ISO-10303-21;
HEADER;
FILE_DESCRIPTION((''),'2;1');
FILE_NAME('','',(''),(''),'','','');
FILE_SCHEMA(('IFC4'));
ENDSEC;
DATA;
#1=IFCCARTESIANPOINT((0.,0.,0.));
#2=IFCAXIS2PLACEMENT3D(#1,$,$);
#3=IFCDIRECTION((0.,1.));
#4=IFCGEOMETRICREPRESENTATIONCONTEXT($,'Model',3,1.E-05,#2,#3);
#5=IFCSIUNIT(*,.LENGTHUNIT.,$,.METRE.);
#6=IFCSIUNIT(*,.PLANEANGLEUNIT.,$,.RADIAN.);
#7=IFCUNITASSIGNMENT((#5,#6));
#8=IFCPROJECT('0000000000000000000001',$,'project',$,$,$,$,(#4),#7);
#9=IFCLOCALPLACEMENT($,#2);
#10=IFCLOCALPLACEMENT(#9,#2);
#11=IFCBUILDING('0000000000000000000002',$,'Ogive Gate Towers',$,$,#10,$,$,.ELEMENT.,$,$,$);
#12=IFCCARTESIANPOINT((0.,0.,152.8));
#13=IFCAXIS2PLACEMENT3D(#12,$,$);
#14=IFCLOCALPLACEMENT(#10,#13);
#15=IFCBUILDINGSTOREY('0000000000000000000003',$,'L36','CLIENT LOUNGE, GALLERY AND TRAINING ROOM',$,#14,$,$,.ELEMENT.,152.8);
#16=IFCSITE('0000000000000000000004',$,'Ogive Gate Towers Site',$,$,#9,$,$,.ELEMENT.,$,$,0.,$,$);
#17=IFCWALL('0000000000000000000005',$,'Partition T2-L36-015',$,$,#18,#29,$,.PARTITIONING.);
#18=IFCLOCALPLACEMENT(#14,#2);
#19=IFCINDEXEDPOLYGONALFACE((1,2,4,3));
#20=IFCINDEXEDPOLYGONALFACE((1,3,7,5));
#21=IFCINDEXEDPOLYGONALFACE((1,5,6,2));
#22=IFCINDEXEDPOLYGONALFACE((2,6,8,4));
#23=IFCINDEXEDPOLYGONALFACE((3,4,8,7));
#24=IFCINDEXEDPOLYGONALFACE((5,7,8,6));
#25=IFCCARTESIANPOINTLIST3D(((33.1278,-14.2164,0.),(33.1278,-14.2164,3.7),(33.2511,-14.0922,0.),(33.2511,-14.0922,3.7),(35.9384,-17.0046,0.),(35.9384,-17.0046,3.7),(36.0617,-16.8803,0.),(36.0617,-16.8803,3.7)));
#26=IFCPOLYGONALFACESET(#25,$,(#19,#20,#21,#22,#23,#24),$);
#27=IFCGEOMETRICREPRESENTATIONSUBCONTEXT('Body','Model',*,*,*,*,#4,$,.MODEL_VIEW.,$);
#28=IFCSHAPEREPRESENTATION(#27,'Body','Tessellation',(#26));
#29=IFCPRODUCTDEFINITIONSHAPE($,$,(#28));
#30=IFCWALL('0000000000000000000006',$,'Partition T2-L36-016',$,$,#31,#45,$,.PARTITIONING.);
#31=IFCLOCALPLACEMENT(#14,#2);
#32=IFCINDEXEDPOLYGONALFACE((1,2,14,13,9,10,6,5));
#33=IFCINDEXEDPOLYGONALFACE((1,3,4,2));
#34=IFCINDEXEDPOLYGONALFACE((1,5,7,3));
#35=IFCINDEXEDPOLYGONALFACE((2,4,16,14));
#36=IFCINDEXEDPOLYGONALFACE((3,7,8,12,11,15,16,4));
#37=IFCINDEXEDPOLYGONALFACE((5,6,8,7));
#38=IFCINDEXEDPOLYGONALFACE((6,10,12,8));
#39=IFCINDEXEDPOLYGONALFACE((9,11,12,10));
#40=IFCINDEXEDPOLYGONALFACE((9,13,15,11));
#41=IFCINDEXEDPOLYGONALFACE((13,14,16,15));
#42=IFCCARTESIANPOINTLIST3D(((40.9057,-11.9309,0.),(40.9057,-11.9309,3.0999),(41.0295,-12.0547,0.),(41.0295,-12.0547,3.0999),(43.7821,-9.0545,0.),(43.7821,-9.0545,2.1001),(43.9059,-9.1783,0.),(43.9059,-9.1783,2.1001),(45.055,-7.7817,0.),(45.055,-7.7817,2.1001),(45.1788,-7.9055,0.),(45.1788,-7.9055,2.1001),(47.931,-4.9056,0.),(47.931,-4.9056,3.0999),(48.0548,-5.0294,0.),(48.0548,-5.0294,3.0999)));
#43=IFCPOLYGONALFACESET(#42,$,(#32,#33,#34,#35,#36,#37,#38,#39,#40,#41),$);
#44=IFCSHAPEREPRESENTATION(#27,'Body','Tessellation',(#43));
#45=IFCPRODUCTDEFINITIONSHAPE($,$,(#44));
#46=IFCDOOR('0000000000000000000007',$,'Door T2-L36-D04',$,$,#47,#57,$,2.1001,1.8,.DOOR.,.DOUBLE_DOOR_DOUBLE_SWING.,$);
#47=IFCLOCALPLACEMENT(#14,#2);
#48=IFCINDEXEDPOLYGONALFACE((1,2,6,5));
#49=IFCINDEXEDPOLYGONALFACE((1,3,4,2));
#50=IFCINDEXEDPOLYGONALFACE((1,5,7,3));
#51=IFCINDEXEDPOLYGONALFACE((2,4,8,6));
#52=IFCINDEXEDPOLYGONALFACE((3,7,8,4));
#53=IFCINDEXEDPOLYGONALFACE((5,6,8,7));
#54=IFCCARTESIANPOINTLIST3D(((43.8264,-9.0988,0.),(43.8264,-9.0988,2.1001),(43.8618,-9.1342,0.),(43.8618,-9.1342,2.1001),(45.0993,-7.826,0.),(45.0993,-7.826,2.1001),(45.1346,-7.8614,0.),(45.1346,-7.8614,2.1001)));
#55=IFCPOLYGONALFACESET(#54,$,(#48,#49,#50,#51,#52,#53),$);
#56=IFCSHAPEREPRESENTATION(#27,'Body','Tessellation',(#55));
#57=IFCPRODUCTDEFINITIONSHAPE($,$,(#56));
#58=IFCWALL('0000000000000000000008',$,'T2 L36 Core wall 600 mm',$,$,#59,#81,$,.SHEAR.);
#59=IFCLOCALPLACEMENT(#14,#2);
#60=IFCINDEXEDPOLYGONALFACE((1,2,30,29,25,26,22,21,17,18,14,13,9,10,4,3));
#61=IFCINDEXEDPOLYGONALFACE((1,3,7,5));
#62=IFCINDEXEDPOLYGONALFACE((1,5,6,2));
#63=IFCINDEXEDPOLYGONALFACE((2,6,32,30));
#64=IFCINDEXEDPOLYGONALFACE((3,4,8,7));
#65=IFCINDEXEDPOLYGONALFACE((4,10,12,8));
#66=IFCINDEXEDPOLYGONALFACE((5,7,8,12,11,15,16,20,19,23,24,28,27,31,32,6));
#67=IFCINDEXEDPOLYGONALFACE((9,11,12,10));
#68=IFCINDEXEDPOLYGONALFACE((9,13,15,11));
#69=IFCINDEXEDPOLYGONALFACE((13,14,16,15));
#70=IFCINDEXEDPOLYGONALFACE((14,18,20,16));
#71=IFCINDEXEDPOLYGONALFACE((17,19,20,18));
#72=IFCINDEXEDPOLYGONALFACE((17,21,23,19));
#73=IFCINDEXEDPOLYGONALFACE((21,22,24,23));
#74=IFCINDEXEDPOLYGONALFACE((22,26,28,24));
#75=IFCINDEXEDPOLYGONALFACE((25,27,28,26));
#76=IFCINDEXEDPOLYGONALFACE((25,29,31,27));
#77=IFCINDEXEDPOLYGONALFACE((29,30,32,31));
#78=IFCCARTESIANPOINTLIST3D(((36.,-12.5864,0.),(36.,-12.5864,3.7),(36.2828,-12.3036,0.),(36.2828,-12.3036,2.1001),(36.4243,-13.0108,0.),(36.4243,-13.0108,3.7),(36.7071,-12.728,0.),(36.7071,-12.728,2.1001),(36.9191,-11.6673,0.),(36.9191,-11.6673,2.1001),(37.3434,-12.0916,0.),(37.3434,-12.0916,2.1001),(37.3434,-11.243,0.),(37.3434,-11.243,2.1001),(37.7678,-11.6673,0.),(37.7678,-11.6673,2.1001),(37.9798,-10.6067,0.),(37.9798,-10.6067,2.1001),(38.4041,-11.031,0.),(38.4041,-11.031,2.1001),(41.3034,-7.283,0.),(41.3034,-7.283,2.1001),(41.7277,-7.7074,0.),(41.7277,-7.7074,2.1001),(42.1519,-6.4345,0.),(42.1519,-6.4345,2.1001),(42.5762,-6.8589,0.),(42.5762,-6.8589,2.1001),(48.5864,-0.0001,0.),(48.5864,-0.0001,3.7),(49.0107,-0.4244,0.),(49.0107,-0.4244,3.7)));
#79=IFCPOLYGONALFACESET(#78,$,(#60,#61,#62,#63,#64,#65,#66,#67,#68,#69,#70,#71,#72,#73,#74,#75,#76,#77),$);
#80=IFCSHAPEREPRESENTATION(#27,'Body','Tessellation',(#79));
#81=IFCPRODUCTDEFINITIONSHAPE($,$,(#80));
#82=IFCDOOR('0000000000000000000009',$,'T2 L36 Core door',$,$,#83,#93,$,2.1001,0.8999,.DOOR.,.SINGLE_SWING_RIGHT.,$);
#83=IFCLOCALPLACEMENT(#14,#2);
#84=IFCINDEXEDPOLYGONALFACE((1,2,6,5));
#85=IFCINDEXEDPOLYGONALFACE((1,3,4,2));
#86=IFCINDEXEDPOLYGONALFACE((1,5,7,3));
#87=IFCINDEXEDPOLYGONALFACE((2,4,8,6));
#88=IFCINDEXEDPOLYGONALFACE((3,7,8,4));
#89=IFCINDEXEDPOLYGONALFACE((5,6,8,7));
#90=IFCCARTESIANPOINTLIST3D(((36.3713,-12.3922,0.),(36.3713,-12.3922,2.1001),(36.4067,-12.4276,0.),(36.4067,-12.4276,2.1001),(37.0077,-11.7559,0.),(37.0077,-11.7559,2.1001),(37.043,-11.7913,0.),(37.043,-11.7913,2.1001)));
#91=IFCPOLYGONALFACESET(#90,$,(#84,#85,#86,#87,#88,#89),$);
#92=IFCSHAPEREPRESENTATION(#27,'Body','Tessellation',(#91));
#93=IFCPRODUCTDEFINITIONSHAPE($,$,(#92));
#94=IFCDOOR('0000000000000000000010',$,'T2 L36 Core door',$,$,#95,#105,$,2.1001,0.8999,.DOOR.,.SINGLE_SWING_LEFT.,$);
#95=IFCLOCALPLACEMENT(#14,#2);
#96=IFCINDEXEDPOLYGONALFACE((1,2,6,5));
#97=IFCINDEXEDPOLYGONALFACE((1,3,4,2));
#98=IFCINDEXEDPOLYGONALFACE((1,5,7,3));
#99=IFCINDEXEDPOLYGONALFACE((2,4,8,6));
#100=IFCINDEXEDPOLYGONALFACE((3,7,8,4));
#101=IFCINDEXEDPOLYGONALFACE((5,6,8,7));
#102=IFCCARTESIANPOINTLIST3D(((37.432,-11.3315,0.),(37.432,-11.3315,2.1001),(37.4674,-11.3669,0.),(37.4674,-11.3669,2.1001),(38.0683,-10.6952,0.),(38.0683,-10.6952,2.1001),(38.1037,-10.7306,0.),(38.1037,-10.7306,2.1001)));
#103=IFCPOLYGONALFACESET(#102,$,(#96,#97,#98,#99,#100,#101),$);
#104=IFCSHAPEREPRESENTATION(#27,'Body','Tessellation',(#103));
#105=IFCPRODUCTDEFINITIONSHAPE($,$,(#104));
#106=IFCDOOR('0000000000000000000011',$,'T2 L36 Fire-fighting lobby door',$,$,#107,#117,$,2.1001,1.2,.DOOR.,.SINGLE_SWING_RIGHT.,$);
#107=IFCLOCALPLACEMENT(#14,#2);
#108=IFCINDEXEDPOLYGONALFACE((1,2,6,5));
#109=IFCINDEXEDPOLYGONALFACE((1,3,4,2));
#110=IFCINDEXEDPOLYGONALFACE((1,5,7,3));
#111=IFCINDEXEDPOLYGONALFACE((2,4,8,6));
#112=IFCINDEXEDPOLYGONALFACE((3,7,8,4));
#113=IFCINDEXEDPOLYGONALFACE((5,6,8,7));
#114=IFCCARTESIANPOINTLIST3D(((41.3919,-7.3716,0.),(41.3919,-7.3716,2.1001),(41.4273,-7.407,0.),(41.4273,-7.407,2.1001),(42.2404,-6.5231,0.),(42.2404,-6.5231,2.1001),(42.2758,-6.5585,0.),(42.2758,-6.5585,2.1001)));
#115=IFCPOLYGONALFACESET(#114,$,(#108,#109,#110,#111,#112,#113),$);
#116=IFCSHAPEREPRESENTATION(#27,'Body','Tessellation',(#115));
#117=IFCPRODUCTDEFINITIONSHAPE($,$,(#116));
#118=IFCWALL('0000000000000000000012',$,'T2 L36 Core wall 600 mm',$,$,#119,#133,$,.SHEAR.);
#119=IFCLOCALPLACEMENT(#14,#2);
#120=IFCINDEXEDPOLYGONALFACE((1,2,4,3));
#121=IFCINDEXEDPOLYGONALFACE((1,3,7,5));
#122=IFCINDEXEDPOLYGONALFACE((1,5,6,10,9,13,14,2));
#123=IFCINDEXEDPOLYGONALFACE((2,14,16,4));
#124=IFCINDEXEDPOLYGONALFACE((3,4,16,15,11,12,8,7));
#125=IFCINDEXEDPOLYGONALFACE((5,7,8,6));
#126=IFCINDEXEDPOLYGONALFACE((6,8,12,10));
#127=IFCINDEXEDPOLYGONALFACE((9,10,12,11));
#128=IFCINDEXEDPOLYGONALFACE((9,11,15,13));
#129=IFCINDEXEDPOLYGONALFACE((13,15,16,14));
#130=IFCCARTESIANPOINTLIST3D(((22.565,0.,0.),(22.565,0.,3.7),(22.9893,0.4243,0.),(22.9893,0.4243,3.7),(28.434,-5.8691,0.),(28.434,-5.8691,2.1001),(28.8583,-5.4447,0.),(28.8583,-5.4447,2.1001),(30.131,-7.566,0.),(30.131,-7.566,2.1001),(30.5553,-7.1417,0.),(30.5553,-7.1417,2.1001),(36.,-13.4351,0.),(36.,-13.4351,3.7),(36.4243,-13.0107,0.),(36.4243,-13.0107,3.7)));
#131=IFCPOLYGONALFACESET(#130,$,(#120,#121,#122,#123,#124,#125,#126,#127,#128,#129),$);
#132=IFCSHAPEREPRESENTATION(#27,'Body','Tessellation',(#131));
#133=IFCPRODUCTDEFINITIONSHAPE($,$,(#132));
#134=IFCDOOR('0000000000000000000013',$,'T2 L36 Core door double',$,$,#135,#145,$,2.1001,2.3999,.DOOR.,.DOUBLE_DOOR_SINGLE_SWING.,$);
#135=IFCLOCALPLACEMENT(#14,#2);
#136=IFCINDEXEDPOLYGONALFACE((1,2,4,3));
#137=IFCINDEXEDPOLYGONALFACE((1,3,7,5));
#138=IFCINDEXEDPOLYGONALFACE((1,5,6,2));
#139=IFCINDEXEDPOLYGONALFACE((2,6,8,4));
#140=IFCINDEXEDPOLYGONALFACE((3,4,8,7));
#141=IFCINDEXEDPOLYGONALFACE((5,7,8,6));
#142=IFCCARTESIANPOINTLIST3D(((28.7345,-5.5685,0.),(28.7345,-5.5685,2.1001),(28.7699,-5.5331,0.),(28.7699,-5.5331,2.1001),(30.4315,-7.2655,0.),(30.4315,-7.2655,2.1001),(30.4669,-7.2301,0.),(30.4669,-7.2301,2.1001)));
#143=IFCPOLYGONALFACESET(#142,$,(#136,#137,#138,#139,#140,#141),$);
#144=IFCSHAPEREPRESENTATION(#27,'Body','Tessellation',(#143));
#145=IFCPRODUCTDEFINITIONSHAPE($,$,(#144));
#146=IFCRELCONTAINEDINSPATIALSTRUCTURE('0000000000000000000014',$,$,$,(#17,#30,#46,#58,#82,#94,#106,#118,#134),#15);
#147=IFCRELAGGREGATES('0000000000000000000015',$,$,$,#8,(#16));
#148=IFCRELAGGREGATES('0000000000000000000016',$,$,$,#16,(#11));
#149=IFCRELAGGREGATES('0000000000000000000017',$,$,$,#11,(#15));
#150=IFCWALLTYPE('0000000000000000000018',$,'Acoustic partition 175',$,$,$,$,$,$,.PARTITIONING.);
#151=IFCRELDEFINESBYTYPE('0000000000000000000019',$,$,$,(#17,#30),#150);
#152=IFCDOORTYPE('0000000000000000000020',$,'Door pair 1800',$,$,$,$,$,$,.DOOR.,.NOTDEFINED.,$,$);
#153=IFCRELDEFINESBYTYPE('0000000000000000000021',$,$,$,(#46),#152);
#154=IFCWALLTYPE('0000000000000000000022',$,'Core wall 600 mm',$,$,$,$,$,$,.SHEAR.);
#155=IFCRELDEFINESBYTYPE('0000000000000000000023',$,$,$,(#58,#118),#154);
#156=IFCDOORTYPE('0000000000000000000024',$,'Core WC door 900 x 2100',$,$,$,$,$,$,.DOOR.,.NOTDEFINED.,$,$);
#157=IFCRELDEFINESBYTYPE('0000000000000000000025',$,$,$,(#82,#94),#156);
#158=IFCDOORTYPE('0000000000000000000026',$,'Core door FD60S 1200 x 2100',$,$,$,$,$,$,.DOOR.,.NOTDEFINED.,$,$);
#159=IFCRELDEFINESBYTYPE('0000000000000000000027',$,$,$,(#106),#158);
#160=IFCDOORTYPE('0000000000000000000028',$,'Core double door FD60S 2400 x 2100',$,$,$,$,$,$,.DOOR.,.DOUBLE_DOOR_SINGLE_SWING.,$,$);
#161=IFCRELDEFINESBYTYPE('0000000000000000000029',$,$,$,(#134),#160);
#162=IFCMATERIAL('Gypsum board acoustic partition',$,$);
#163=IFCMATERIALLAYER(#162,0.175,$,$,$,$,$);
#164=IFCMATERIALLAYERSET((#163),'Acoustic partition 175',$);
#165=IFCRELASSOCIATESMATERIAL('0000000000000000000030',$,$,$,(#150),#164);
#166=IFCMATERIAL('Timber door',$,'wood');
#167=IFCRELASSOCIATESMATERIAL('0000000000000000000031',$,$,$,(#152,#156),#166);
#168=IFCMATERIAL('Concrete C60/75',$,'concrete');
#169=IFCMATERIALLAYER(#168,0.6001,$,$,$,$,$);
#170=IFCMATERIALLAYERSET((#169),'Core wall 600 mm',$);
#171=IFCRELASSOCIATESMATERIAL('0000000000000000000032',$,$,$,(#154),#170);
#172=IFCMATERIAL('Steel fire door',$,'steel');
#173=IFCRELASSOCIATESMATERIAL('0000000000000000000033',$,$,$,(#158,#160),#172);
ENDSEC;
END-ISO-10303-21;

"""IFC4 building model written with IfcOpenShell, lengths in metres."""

from ifc_helpers import new_model, si_unit, direction, frame, frame_2d, origin, place, context, subcontext, project, spatial, rectangle, extrude, material, layer, layer_set, type_object, element, fill, save


model = new_model("IFC4")

# Units and contexts
model_context = context("Model", 3, precision=1e-05, world=origin(), true_north=direction((0.0, 1.0)))
body_context = subcontext(model_context, "Body", "Model", "MODEL_VIEW")
ifc_project = project(units=[si_unit("LENGTHUNIT", "METRE"), si_unit("PLANEANGLEUNIT", "RADIAN")], contexts=[model_context])

# Site, building, storey
site_placement = place(None, origin())
site = spatial("IfcSite", under=ifc_project, at=site_placement, Name="Ogive Gate Towers Site", CompositionType="ELEMENT", RefElevation=0.0)
building_placement = place(site_placement, origin())
building = spatial("IfcBuilding", under=site, at=building_placement, Name="Ogive Gate Towers", CompositionType="ELEMENT")
storey_placement = place(building_placement, frame((0.0, 0.0, 152.8)))
storey = spatial("IfcBuildingStorey", under=building, at=storey_placement, Name="L36", Description="CLIENT LOUNGE, GALLERY AND TRAINING ROOM", CompositionType="ELEMENT", Elevation=152.8)

# Shared definitions
ifc_material_1 = material(Name="Gypsum board acoustic partition")
ifc_layer_1 = layer(ifc_material_1, 0.175)
ifc_layer_set_1 = layer_set([ifc_layer_1], Name="Acoustic partition 175")
wall_type_1 = type_object("IfcWallType", Name="Acoustic partition 175", PredefinedType="PARTITIONING", material=ifc_layer_set_1)
ifc_material_2 = material(Name="Timber door", Category="wood")
door_type_1 = type_object("IfcDoorType", Name="Door pair 1800", OperationType="NOTDEFINED", PredefinedType="DOOR", material=ifc_material_2)

# Wall
wall_1_placement = place(storey_placement, frame((33.1895, -14.1543, 0.0), z_axis=(0.0, 0.0, 1.0), x_axis=(0.709938, -0.704264, 0.0)))
element("IfcWall", 1, at=wall_1_placement, inside=storey, type_object=wall_type_1, Name="Partition T2-L36-015", PredefinedType="PARTITIONING", context=body_context, shape_type="SweptSolid", body=[
    extrude(rectangle(XDim=3.959, YDim=0.175, at=frame_2d((1.9795, 0.0))), origin(), (0.0, 0.0, 1.0), 3.7),
])

# Wall, opening, door
wall_2_placement = place(storey_placement, frame((40.9675, -11.9929, 0.0), z_axis=(0.0, 0.0, 1.0), x_axis=(0.707107, 0.707107, 0.0)))
wall_2 = element("IfcWall", 2, at=wall_2_placement, inside=storey, type_object=wall_type_1, Name="Partition T2-L36-016", PredefinedType="PARTITIONING", context=body_context, shape_type="SweptSolid", body=[
    extrude(rectangle(XDim=9.9353, YDim=0.175, at=frame_2d((4.9678, 0.0))), origin(), (0.0, 0.0, 1.0), 3.0999),
])
opening_1_placement = place(wall_2_placement, frame((4.0681, 0.0, 0.0)))
opening_1 = element("IfcOpeningElement", 3, at=opening_1_placement, cuts=wall_2, PredefinedType="OPENING", context=body_context, shape_type="SweptSolid", body=[
    extrude(rectangle(XDim=1.8, YDim=2.1001, at=frame_2d((0.8999, 1.05))), frame((0.0, 0.0977, 0.0), z_axis=(0.0, -1.0, 0.0), x_axis=(1.0, 0.0, 0.0)), (0.0, 0.0, 1.0), 0.1951),
])
door_1_placement = place(opening_1_placement, origin())
door_1 = element("IfcDoor", 4, at=door_1_placement, inside=storey, type_object=door_type_1, Name="Door T2-L36-D04", OperationType="DOUBLE_DOOR_DOUBLE_SWING", OverallHeight=2.1001, OverallWidth=1.8, PredefinedType="DOOR", context=body_context, shape_type="SweptSolid", body=[
    extrude(rectangle(XDim=1.8, YDim=2.1001, at=frame_2d((0.8999, 1.05))), frame((0.0, 0.0249, 0.0), z_axis=(0.0, -1.0, 0.0), x_axis=(1.0, 0.0, 0.0)), (0.0, 0.0, 1.0), 0.05),
])
fill(opening_1, door_1)

# Wall, openings, doors
ifc_material_3 = material(Name="Concrete C60/75", Category="concrete")
ifc_layer_2 = layer(ifc_material_3, 0.6001)
ifc_layer_set_2 = layer_set([ifc_layer_2], Name="Core wall 600 mm")
wall_type_2 = type_object("IfcWallType", Name="Core wall 600 mm", PredefinedType="SHEAR", material=ifc_layer_set_2)
wall_3_placement = place(storey_placement, frame((36.2122, -12.7986, 0.0), z_axis=(0.0, 0.0, 1.0), x_axis=(0.707107, 0.707107, 0.0)))
wall_3 = element("IfcWall", 5, at=wall_3_placement, inside=storey, type_object=wall_type_2, Name="T2 L36 Core wall 600 mm", PredefinedType="SHEAR", context=body_context, shape_type="SweptSolid", body=[
    extrude(rectangle(XDim=17.7998, YDim=0.6001, at=frame_2d((8.8999, 0.0))), origin(), (0.0, 0.0, 1.0), 3.7),
])
opening_2_placement = place(wall_3_placement, frame((7.5, 0.0, 0.0)))
opening_2 = element("IfcOpeningElement", 6, at=opening_2_placement, cuts=wall_3, PredefinedType="OPENING", context=body_context, shape_type="SweptSolid", body=[
    extrude(rectangle(XDim=1.2, YDim=2.1001, at=frame_2d((0.6001, 1.05))), frame((0.0, 0.3101, 0.0), z_axis=(0.0, -1.0, 0.0), x_axis=(1.0, 0.0, 0.0)), (0.0, 0.0, 1.0), 0.6201),
])
opening_3_placement = place(wall_3_placement, frame((0.3999, 0.0, 0.0)))
opening_3 = element("IfcOpeningElement", 7, at=opening_3_placement, cuts=wall_3, PredefinedType="OPENING", context=body_context, shape_type="SweptSolid", body=[
    extrude(rectangle(XDim=0.8999, YDim=2.1001, at=frame_2d((0.45, 1.05))), frame((0.0, 0.3101, 0.0), z_axis=(0.0, -1.0, 0.0), x_axis=(1.0, 0.0, 0.0)), (0.0, 0.0, 1.0), 0.6201),
])
opening_4_placement = place(wall_3_placement, frame((1.8999, 0.0, 0.0)))
opening_4 = element("IfcOpeningElement", 8, at=opening_4_placement, cuts=wall_3, PredefinedType="OPENING", context=body_context, shape_type="SweptSolid", body=[
    extrude(rectangle(XDim=0.8999, YDim=2.1001, at=frame_2d((0.45, 1.05))), frame((0.0, 0.3101, 0.0), z_axis=(0.0, -1.0, 0.0), x_axis=(1.0, 0.0, 0.0)), (0.0, 0.0, 1.0), 0.6201),
])
door_type_2 = type_object("IfcDoorType", Name="Core WC door 900 x 2100", OperationType="NOTDEFINED", PredefinedType="DOOR", material=ifc_material_2)
door_2_placement = place(opening_3_placement, origin())
door_2 = element("IfcDoor", 9, at=door_2_placement, inside=storey, type_object=door_type_2, Name="T2 L36 Core door", OperationType="SINGLE_SWING_RIGHT", OverallHeight=2.1001, OverallWidth=0.8999, PredefinedType="DOOR", context=body_context, shape_type="SweptSolid", body=[
    extrude(rectangle(XDim=0.8999, YDim=2.1001, at=frame_2d((0.45, 1.05))), frame((0.0, 0.1748, 0.0), z_axis=(0.0, -1.0, 0.0), x_axis=(1.0, 0.0, 0.0)), (0.0, 0.0, 1.0), 0.05),
])
fill(opening_3, door_2)
door_3_placement = place(opening_4_placement, origin())
door_3 = element("IfcDoor", 10, at=door_3_placement, inside=storey, type_object=door_type_2, Name="T2 L36 Core door", OperationType="SINGLE_SWING_LEFT", OverallHeight=2.1001, OverallWidth=0.8999, PredefinedType="DOOR", context=body_context, shape_type="SweptSolid", body=[
    extrude(rectangle(XDim=0.8999, YDim=2.1001, at=frame_2d((0.45, 1.05))), frame((0.0, 0.1748, 0.0), z_axis=(0.0, -1.0, 0.0), x_axis=(1.0, 0.0, 0.0)), (0.0, 0.0, 1.0), 0.05),
])
fill(opening_4, door_3)
ifc_material_4 = material(Name="Steel fire door", Category="steel")
door_type_3 = type_object("IfcDoorType", Name="Core door FD60S 1200 x 2100", OperationType="NOTDEFINED", PredefinedType="DOOR", material=ifc_material_4)
door_4_placement = place(opening_2_placement, origin())
door_4 = element("IfcDoor", 11, at=door_4_placement, inside=storey, type_object=door_type_3, Name="T2 L36 Fire-fighting lobby door", OperationType="SINGLE_SWING_RIGHT", OverallHeight=2.1001, OverallWidth=1.2, PredefinedType="DOOR", context=body_context, shape_type="SweptSolid", body=[
    extrude(rectangle(XDim=1.2, YDim=2.1001, at=frame_2d((0.6001, 1.05))), frame((0.0, 0.1748, 0.0), z_axis=(0.0, -1.0, 0.0), x_axis=(1.0, 0.0, 0.0)), (0.0, 0.0, 1.0), 0.05),
])
fill(opening_2, door_4)

# Wall, opening, door
wall_4_placement = place(storey_placement, frame((36.2122, -13.2229, 0.0), z_axis=(0.0, 0.0, 1.0), x_axis=(-0.707107, 0.707107, 0.0)))
wall_4 = element("IfcWall", 12, at=wall_4_placement, inside=storey, type_object=wall_type_2, Name="T2 L36 Core wall 600 mm", PredefinedType="SHEAR", context=body_context, shape_type="SweptSolid", body=[
    extrude(rectangle(XDim=19.0, YDim=0.6001, at=frame_2d((9.5, 0.0))), origin(), (0.0, 0.0, 1.0), 3.7),
])
opening_5_placement = place(wall_4_placement, frame((8.3, 0.0, 0.0)))
opening_5 = element("IfcOpeningElement", 13, at=opening_5_placement, cuts=wall_4, PredefinedType="OPENING", context=body_context, shape_type="SweptSolid", body=[
    extrude(rectangle(XDim=2.3999, YDim=2.1001, at=frame_2d((1.2, 1.05))), frame((0.0, 0.3101, 0.0), z_axis=(0.0, -1.0, 0.0), x_axis=(1.0, 0.0, 0.0)), (0.0, 0.0, 1.0), 0.6201),
])
door_type_4 = type_object("IfcDoorType", Name="Core double door FD60S 2400 x 2100", OperationType="DOUBLE_DOOR_SINGLE_SWING", PredefinedType="DOOR", material=ifc_material_4)
door_5_placement = place(opening_5_placement, origin())
door_5 = element("IfcDoor", 14, at=door_5_placement, inside=storey, type_object=door_type_4, Name="T2 L36 Core door double", OperationType="DOUBLE_DOOR_SINGLE_SWING", OverallHeight=2.1001, OverallWidth=2.3999, PredefinedType="DOOR", context=body_context, shape_type="SweptSolid", body=[
    extrude(rectangle(XDim=2.3999, YDim=2.1001, at=frame_2d((1.2, 1.05))), frame((0.0, -0.125, 0.0), z_axis=(0.0, -1.0, 0.0), x_axis=(1.0, 0.0, 0.0)), (0.0, 0.0, 1.0), 0.05),
])
fill(opening_5, door_5)

save(model, "model.ifc")
